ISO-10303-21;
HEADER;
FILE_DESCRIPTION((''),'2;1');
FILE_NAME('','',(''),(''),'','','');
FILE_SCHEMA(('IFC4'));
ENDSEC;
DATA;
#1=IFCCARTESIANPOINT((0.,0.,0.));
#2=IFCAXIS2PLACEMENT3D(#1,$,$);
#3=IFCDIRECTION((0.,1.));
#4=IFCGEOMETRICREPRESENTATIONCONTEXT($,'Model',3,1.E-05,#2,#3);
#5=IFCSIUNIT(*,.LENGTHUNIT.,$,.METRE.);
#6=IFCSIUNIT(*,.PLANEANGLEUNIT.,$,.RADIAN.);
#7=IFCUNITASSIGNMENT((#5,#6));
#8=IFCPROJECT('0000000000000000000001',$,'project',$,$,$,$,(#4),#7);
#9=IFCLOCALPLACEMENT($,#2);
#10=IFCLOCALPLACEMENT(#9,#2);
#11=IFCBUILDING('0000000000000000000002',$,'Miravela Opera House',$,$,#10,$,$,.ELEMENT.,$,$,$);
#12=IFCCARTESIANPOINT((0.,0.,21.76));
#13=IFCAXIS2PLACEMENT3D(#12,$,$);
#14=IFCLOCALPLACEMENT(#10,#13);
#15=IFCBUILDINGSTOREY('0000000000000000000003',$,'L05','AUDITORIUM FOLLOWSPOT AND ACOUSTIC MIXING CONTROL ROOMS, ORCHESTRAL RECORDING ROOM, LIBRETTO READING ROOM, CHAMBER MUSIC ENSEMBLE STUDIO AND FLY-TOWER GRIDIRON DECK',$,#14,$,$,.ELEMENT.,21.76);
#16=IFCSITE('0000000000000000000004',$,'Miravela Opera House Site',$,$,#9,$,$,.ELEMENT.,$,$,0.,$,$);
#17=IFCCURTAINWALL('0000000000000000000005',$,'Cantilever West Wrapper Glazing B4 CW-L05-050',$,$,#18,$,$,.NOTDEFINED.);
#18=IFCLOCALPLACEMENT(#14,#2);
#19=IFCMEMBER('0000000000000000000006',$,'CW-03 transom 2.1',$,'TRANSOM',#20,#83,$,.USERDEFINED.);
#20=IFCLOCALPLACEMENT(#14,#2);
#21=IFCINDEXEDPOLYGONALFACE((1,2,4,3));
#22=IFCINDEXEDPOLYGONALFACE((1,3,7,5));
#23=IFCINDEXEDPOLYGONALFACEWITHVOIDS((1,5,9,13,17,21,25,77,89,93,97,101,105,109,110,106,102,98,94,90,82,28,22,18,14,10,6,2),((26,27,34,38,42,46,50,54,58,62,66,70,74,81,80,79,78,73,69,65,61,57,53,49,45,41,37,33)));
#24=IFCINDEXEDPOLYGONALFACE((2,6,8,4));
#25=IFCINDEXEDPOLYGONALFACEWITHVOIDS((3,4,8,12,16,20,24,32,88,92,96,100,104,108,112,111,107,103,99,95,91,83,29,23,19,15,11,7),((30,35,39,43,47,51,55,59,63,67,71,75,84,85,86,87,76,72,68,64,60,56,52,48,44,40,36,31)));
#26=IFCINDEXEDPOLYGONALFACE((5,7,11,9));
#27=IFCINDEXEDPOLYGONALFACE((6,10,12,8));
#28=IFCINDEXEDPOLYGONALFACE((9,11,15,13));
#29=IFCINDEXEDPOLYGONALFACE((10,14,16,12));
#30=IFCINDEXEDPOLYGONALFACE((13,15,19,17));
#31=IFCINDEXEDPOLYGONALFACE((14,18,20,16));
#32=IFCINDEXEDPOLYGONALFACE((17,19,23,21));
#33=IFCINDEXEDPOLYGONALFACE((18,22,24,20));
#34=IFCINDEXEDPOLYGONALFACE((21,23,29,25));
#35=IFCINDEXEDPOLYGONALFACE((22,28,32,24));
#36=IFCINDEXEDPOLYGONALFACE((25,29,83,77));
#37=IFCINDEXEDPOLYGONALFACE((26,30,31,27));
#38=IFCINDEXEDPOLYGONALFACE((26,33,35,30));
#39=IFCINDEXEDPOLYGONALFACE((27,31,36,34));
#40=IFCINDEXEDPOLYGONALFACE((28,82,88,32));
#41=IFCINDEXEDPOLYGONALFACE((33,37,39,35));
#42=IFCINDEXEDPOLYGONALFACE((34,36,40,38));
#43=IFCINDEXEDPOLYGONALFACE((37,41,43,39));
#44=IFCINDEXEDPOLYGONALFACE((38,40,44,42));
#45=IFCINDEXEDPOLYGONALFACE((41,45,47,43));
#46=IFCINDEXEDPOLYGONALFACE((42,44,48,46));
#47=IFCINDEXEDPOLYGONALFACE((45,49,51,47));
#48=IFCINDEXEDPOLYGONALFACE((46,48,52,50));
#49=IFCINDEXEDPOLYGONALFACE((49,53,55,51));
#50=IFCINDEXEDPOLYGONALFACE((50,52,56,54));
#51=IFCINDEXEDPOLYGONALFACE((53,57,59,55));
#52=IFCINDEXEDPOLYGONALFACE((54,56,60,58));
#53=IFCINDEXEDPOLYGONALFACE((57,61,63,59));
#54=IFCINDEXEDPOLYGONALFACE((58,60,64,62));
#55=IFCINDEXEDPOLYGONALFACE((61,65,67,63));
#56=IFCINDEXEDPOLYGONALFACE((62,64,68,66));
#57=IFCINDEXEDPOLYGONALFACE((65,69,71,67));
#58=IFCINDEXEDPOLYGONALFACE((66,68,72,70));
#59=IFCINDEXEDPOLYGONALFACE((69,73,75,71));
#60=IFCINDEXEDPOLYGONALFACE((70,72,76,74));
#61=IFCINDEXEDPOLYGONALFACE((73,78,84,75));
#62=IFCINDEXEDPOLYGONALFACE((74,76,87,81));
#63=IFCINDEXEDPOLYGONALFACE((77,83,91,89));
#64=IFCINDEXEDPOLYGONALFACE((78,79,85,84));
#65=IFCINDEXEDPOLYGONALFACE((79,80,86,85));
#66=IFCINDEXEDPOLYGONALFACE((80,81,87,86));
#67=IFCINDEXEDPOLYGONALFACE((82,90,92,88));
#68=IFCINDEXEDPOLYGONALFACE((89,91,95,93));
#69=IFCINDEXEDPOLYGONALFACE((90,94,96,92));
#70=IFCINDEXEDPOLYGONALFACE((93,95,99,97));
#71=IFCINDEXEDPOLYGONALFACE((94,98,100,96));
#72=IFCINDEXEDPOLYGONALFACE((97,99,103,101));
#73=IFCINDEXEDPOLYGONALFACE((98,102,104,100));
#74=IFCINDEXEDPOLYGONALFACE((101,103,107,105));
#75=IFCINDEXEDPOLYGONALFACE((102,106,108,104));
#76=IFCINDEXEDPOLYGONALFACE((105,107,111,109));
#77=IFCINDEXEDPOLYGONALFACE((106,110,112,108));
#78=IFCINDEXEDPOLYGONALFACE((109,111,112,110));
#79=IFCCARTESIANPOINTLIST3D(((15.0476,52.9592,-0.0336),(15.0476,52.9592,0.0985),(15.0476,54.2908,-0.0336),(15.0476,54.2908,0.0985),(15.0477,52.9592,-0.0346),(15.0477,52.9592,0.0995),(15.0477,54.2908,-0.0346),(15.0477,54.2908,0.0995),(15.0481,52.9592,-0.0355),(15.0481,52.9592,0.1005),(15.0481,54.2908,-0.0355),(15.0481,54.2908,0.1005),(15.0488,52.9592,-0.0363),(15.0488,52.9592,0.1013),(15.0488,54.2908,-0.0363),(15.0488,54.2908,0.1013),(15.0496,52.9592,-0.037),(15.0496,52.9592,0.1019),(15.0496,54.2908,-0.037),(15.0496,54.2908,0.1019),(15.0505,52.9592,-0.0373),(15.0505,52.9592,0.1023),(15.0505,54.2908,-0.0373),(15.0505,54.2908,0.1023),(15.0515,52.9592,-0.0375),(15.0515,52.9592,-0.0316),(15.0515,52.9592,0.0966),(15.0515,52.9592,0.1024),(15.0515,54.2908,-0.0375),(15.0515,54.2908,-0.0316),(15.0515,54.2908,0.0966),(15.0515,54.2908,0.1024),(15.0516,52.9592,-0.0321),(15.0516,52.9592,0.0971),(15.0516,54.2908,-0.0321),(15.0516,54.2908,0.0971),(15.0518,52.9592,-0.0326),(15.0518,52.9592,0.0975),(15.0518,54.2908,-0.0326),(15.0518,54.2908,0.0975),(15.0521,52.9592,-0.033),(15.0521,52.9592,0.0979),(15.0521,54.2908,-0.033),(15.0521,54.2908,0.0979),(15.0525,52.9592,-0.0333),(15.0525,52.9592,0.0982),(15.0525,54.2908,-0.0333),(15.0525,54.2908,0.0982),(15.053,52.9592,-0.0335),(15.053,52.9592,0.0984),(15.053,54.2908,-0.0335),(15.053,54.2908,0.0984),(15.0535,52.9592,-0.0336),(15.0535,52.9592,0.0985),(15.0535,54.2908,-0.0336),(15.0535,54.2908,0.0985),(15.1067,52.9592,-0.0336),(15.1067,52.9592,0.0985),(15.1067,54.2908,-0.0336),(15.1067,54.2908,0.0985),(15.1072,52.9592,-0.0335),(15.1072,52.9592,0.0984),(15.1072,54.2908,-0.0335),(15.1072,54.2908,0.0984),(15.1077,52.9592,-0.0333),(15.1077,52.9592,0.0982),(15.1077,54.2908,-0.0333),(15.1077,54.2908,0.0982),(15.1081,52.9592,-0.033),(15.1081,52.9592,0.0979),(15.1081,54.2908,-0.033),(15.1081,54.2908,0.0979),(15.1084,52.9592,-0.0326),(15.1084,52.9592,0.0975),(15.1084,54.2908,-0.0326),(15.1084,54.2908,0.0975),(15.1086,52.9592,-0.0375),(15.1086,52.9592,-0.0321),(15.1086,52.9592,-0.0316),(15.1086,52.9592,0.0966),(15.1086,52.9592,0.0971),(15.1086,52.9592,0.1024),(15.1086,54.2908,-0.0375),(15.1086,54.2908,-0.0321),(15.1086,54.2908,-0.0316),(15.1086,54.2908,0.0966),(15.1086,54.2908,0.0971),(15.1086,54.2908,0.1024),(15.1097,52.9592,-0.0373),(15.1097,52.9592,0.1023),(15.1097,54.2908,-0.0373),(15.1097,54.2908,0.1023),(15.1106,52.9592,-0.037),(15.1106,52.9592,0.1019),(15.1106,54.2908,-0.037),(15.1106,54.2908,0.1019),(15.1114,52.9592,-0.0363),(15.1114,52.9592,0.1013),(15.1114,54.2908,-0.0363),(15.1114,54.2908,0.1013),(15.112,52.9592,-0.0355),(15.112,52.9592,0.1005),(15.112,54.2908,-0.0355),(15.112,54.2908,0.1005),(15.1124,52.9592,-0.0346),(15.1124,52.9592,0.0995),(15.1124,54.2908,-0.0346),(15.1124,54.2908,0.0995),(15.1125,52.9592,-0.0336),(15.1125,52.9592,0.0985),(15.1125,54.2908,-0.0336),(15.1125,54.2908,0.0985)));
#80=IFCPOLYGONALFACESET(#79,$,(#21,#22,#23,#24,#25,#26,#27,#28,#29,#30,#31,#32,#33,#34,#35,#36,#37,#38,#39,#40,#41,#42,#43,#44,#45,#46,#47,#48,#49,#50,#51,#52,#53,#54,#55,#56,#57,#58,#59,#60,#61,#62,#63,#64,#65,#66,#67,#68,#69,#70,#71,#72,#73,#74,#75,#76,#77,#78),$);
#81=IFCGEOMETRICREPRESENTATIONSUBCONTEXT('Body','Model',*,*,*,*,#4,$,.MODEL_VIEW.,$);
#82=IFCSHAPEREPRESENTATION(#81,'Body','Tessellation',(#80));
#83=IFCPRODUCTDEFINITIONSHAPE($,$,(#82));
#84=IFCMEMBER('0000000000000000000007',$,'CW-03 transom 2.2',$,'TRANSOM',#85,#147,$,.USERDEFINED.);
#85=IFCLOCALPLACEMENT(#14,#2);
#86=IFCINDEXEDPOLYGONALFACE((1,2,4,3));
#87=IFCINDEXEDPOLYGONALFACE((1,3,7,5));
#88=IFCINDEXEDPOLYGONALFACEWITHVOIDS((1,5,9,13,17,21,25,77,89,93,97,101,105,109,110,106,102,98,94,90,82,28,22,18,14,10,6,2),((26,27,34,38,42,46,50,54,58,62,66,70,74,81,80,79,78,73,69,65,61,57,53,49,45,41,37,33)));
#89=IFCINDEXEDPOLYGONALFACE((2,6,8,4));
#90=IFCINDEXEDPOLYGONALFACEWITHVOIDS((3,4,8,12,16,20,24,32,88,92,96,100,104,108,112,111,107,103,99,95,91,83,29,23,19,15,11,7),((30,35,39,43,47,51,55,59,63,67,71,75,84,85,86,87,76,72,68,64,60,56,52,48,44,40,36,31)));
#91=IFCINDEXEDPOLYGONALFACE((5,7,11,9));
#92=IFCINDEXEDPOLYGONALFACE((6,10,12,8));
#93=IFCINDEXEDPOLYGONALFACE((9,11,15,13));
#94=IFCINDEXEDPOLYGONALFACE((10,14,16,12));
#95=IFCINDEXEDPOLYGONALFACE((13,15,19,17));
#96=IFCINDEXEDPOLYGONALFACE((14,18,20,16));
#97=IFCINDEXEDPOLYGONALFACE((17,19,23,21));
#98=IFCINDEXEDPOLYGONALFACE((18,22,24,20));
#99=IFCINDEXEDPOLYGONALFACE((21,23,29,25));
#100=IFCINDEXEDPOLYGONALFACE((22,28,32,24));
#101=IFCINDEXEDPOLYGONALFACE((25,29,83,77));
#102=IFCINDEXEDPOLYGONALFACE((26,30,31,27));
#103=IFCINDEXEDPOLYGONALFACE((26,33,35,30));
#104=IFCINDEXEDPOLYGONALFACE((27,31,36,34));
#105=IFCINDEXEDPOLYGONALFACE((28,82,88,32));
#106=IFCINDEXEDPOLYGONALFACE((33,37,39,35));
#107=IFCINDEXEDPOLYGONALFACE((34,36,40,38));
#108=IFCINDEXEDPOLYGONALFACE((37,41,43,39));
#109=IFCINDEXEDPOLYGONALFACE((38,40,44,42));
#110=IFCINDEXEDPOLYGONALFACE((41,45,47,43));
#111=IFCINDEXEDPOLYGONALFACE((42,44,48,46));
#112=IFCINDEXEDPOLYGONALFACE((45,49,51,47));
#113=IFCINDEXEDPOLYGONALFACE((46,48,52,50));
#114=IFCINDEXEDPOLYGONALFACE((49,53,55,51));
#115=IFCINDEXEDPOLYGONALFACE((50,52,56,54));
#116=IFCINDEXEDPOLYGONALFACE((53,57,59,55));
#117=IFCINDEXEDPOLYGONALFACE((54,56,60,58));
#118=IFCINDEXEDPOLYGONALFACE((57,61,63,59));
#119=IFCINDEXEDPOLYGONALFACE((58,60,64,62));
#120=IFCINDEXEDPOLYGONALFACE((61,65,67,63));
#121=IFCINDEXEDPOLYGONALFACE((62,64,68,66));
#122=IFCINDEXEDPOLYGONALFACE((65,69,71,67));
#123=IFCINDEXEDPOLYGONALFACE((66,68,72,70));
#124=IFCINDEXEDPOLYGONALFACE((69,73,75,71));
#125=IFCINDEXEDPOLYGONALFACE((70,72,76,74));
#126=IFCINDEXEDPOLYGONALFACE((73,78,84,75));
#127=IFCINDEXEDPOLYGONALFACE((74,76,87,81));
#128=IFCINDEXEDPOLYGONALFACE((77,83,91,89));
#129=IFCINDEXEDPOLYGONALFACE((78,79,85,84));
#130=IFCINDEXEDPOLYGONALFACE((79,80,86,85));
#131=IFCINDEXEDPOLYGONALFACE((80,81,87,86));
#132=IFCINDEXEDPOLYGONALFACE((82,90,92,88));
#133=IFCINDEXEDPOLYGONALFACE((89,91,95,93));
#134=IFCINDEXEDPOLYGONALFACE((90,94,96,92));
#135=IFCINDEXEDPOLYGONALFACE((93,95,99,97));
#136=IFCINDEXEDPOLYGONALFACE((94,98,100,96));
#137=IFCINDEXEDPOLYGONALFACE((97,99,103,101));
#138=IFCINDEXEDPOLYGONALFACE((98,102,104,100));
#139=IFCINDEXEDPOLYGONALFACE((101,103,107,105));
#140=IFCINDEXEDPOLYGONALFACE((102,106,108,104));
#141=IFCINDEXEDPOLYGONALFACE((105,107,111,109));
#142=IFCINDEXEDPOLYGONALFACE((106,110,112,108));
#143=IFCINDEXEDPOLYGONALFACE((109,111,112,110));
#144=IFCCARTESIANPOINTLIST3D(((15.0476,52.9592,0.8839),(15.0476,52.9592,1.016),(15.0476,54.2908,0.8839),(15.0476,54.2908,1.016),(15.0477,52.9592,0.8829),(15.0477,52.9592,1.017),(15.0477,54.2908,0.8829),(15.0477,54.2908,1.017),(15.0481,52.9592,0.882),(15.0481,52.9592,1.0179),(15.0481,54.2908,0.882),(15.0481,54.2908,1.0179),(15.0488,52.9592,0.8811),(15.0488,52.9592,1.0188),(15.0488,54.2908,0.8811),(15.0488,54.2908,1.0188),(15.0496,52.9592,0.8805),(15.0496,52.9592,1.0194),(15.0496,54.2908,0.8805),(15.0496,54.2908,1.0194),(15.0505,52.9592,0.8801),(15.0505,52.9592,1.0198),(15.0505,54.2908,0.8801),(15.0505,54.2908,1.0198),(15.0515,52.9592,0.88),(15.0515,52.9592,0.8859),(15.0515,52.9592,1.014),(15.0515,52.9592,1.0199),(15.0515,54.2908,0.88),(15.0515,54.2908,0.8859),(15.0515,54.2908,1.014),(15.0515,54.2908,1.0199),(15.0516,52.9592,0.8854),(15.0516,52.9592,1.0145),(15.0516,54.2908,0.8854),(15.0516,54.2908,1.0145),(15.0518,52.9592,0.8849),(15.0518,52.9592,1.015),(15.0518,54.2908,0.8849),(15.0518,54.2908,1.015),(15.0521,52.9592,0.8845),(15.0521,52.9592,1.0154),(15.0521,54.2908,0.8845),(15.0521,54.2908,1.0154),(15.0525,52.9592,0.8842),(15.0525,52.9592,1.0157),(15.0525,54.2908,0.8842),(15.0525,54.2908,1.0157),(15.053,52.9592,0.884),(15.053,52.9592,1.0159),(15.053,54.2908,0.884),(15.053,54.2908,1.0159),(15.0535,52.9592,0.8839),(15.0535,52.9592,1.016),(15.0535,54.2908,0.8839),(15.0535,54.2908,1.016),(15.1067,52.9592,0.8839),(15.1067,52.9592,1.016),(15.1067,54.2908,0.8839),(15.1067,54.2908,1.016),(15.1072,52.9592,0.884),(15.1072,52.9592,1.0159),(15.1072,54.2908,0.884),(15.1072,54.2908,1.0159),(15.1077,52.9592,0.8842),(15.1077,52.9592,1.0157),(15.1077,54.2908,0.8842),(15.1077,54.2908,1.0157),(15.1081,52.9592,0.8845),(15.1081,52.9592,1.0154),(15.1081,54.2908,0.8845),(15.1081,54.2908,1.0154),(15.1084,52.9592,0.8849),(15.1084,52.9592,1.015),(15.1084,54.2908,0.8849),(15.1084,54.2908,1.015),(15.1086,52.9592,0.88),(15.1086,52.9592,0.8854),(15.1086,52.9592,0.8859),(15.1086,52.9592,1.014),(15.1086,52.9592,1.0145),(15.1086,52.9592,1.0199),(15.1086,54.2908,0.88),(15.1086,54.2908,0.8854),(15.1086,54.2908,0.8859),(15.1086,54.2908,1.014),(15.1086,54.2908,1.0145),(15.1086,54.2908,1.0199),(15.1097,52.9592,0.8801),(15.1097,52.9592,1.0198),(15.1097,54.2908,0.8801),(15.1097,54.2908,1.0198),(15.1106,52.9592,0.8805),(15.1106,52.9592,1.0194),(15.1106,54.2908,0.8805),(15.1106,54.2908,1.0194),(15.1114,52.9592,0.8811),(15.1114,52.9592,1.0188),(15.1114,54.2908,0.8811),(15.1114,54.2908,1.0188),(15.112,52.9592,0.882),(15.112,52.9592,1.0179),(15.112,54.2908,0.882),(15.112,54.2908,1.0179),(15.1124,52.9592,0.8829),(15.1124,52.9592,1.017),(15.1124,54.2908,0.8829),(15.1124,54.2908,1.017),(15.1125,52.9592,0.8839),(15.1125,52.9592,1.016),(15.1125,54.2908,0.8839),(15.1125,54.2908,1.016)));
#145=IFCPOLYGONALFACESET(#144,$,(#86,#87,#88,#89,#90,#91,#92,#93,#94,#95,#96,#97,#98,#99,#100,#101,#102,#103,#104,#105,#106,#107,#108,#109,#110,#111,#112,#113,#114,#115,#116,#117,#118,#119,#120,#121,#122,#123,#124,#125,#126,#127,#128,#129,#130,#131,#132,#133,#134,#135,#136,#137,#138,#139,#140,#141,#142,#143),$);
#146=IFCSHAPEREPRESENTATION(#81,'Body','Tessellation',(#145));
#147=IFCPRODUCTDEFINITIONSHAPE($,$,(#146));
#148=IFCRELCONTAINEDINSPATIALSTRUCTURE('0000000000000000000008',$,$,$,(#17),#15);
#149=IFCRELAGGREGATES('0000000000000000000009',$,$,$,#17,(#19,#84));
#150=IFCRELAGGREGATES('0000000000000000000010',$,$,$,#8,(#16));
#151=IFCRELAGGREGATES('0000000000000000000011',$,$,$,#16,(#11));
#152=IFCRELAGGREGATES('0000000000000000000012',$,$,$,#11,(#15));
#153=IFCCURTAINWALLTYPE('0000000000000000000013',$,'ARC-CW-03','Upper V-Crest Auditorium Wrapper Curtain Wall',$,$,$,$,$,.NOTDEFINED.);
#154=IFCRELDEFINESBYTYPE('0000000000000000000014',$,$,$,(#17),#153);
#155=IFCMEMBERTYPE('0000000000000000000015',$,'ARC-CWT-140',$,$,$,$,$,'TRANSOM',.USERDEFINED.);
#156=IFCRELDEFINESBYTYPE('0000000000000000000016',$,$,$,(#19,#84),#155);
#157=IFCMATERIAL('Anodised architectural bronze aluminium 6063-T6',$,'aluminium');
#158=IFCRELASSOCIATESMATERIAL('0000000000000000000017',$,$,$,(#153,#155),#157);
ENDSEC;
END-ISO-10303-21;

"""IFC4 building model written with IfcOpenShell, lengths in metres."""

from ifc_helpers import new_model, si_unit, direction, frame, origin, origin_2d, place, context, subcontext, project, spatial, hollow_rectangle, extrude, material, material_profile, profile_set, type_object, element, aggregate, save


model = new_model("IFC4")

# Units and contexts
model_context = context("Model", 3, precision=1e-05, world=origin(), true_north=direction((0.0, 1.0)))
body_context = subcontext(model_context, "Body", "Model", "MODEL_VIEW")
ifc_project = project(units=[si_unit("LENGTHUNIT", "METRE"), si_unit("PLANEANGLEUNIT", "RADIAN")], contexts=[model_context])

# Site, building, storey
site_placement = place(None, origin())
site = spatial("IfcSite", under=ifc_project, at=site_placement, Name="Miravela Opera House Site", CompositionType="ELEMENT", RefElevation=0.0)
building_placement = place(site_placement, origin())
building = spatial("IfcBuilding", under=site, at=building_placement, Name="Miravela Opera House", CompositionType="ELEMENT")
storey_placement = place(building_placement, frame((0.0, 0.0, 21.76)))
storey = spatial("IfcBuildingStorey", under=building, at=storey_placement, Name="L05", Description="AUDITORIUM FOLLOWSPOT AND ACOUSTIC MIXING CONTROL ROOMS, ORCHESTRAL RECORDING ROOM, LIBRETTO READING ROOM, CHAMBER MUSIC ENSEMBLE STUDIO AND FLY-TOWER GRIDIRON DECK", CompositionType="ELEMENT", Elevation=21.76)

# Curtain wall, members
ifc_material_1 = material(Name="Anodised architectural bronze aluminium 6063-T6", Category="aluminium")
curtain_wall_type = type_object("IfcCurtainWallType", Name="ARC-CW-03", Description="Upper V-Crest Auditorium Wrapper Curtain Wall", PredefinedType="NOTDEFINED", material=ifc_material_1)
curtain_wall_placement = place(storey_placement, origin())
curtain_wall = element("IfcCurtainWall", 1, at=curtain_wall_placement, inside=storey, type_object=curtain_wall_type, Name="Cantilever West Wrapper Glazing B4 CW-L05-050", PredefinedType="NOTDEFINED")
ifc_material_profile_1 = material_profile(ifc_material_1, hollow_rectangle(XDim=0.0649, YDim=0.1399, WallThickness=0.0039, InnerFilletRadius=0.002, OuterFilletRadius=0.0039, at=origin_2d()), Name="CWT-65X140")
ifc_profile_set_1 = profile_set([ifc_material_profile_1])
member_type_1 = type_object("IfcMemberType", Name="ARC-CWT-140", ElementType="TRANSOM", PredefinedType="USERDEFINED", material=ifc_profile_set_1)
member_1_placement = place(storey_placement, frame((15.0801, 52.9592, 0.0325), z_axis=(0.0, 1.0, 0.0), x_axis=(-1.0, 0.0, 0.0)))
member_1 = element("IfcMember", 2, at=member_1_placement, type_object=member_type_1, Name="CW-03 transom 2.1", ObjectType="TRANSOM", PredefinedType="USERDEFINED", context=body_context, shape_type="SweptSolid", body=[
    extrude(hollow_rectangle(XDim=0.0649, YDim=0.1399, WallThickness=0.0039, InnerFilletRadius=0.002, OuterFilletRadius=0.0039, at=origin_2d()), origin(), (0.0, 0.0, 1.0), 1.3315),
])
member_2_placement = place(storey_placement, frame((15.0801, 52.9592, 0.95), z_axis=(0.0, 1.0, 0.0), x_axis=(-1.0, 0.0, 0.0)))
member_2 = element("IfcMember", 3, at=member_2_placement, type_object=member_type_1, Name="CW-03 transom 2.2", ObjectType="TRANSOM", PredefinedType="USERDEFINED", context=body_context, shape_type="SweptSolid", body=[
    extrude(hollow_rectangle(XDim=0.0649, YDim=0.1399, WallThickness=0.0039, InnerFilletRadius=0.002, OuterFilletRadius=0.0039, at=origin_2d()), origin(), (0.0, 0.0, 1.0), 1.3315),
])
aggregate(curtain_wall, [member_1, member_2])

save(model, "model.ifc")
